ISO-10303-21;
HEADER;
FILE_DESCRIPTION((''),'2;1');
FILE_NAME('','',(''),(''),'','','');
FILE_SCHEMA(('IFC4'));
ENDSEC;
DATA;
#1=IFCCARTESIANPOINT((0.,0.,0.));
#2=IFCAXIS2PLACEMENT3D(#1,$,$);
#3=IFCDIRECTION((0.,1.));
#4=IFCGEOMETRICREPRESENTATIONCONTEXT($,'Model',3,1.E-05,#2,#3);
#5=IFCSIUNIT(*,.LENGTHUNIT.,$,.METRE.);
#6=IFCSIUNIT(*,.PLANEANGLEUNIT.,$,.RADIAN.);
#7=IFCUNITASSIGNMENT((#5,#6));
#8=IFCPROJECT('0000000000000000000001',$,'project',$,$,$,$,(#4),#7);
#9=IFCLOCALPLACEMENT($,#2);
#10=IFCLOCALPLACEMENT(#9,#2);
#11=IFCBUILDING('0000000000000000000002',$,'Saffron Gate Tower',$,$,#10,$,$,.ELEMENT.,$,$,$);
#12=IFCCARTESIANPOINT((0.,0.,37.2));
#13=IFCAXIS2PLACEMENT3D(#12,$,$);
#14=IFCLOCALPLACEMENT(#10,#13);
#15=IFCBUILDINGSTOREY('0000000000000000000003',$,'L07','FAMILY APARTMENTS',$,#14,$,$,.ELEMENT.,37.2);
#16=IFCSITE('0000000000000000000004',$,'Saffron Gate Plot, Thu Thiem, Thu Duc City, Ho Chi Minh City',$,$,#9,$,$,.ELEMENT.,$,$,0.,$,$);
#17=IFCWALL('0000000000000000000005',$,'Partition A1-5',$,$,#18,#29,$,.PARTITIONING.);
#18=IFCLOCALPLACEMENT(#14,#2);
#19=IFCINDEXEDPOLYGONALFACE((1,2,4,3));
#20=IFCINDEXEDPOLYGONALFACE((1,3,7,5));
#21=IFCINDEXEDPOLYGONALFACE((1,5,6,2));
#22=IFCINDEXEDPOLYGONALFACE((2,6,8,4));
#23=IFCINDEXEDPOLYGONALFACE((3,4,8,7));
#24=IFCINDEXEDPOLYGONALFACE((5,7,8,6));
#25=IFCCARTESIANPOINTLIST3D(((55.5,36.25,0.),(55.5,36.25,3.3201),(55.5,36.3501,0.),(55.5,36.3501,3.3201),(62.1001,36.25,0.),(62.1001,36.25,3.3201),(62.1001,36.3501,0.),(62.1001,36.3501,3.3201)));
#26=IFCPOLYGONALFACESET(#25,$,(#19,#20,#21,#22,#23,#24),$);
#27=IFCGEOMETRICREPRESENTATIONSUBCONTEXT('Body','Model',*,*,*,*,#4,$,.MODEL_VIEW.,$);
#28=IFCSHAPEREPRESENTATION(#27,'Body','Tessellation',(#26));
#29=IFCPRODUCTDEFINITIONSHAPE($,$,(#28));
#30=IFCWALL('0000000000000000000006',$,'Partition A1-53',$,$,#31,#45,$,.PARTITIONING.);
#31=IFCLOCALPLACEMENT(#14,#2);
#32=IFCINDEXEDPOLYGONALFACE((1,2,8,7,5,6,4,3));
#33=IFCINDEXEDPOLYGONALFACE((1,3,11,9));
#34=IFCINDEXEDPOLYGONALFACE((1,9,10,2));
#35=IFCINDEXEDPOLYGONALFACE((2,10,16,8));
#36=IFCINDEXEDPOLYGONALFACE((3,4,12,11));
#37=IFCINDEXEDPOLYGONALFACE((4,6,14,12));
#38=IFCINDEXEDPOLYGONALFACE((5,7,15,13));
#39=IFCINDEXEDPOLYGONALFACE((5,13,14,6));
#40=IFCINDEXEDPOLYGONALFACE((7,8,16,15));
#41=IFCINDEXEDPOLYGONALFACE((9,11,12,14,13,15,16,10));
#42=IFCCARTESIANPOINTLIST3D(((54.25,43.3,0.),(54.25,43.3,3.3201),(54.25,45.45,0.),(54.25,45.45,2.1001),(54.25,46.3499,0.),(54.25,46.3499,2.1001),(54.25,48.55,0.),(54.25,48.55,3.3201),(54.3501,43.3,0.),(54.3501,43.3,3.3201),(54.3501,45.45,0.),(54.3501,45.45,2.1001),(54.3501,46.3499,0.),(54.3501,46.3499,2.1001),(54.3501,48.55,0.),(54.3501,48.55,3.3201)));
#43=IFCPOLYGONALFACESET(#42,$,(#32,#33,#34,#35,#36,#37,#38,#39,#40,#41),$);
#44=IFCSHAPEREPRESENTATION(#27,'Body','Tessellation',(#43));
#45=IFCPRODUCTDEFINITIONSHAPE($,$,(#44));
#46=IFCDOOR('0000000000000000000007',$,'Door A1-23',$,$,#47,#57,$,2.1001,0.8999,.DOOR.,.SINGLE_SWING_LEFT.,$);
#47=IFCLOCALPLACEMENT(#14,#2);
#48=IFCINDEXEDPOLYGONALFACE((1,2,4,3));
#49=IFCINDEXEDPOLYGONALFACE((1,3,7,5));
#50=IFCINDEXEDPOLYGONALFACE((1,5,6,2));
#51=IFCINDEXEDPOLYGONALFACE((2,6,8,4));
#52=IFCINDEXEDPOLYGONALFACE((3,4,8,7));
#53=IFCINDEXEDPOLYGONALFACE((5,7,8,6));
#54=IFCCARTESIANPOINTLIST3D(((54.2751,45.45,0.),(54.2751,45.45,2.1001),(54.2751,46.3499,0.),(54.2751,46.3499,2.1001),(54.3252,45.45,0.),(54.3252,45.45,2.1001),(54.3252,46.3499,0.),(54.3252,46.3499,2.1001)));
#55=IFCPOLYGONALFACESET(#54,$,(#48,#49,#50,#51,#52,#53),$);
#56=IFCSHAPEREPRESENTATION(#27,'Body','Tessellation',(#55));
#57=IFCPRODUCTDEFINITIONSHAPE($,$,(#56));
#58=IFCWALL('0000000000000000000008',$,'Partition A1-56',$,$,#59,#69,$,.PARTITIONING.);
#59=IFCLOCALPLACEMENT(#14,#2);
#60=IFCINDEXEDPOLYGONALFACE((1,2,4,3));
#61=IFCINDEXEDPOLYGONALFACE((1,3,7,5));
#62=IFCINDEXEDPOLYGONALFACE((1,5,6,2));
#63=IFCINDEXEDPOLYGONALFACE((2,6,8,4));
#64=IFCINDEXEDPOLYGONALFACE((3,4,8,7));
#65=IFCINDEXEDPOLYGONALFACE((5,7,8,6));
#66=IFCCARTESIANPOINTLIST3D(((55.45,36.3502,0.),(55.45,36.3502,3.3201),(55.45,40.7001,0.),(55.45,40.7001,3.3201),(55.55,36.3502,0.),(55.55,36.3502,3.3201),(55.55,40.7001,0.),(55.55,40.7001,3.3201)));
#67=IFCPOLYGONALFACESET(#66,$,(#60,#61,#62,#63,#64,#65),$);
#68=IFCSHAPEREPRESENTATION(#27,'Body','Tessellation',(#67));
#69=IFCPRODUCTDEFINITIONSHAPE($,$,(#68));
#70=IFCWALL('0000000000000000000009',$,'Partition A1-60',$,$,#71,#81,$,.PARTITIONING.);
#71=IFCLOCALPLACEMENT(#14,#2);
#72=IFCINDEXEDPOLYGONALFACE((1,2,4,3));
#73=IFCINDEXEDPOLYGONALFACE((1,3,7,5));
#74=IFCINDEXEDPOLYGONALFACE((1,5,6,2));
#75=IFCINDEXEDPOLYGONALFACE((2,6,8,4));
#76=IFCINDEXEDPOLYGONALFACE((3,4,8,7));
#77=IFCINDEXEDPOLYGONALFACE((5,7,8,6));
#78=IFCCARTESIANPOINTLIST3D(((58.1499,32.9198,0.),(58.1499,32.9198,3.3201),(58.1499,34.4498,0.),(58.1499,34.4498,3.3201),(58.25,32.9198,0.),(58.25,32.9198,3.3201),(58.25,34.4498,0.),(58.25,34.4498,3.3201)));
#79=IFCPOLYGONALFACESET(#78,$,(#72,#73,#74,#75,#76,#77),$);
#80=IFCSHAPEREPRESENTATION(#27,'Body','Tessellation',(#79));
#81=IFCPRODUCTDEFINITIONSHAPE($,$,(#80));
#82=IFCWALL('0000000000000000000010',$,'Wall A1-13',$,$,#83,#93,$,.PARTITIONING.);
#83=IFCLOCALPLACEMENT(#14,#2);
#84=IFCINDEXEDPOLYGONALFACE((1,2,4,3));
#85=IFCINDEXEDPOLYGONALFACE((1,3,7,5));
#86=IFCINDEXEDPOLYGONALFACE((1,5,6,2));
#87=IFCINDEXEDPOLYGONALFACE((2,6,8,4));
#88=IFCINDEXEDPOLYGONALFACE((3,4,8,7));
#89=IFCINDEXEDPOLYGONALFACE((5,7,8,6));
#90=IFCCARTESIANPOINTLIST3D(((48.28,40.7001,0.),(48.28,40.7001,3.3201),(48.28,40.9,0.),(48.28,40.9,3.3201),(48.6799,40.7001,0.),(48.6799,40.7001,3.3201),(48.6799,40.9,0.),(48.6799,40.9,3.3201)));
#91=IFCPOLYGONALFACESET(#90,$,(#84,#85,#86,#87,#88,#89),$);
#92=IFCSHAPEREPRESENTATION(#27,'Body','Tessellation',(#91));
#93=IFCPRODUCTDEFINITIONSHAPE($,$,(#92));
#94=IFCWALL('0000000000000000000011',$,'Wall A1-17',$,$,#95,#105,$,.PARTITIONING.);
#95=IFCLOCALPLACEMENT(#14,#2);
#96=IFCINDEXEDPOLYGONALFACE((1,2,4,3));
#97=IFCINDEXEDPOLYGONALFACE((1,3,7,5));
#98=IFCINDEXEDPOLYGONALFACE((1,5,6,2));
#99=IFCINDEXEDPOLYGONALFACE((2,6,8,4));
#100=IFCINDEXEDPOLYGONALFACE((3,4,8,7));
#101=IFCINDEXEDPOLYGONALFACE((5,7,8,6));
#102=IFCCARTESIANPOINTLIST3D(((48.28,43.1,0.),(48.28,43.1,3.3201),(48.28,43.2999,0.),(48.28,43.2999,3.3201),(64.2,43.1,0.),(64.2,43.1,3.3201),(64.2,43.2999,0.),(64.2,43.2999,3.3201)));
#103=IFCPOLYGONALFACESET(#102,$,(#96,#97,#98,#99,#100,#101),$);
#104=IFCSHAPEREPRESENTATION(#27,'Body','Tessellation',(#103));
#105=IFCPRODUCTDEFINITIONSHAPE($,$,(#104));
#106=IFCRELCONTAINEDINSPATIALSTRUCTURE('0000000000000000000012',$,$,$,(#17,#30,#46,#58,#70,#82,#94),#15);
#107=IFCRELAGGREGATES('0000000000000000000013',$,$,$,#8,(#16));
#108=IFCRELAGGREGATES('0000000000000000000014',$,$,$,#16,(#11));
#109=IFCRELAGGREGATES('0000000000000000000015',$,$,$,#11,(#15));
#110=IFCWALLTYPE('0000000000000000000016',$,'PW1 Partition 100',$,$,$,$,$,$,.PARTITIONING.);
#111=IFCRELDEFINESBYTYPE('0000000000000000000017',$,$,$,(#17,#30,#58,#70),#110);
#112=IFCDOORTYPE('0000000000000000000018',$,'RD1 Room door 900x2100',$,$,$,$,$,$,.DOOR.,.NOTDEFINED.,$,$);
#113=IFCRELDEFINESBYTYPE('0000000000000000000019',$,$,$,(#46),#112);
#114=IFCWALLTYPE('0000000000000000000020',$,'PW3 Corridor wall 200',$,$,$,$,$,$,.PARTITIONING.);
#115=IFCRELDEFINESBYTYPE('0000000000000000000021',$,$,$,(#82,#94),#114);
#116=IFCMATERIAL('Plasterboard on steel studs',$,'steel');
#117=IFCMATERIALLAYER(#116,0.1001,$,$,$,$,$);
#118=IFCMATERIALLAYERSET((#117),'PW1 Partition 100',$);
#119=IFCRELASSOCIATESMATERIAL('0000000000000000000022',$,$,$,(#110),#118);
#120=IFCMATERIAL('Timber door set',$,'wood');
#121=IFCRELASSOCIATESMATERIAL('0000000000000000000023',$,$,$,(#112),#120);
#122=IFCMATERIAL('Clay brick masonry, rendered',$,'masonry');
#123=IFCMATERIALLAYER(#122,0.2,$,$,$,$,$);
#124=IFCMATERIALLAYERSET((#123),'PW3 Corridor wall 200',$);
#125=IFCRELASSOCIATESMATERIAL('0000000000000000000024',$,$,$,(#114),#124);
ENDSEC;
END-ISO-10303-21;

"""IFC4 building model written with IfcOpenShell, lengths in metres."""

from ifc_helpers import new_model, si_unit, direction, frame, frame_2d, origin, place, context, subcontext, project, spatial, rectangle, extrude, material, layer, layer_set, type_object, element, fill, save


model = new_model("IFC4")

# Units and contexts
model_context = context("Model", 3, precision=1e-05, world=origin(), true_north=direction((0.0, 1.0)))
body_context = subcontext(model_context, "Body", "Model", "MODEL_VIEW")
ifc_project = project(units=[si_unit("LENGTHUNIT", "METRE"), si_unit("PLANEANGLEUNIT", "RADIAN")], contexts=[model_context])

# Site, building, storey
site_placement = place(None, origin())
site = spatial("IfcSite", under=ifc_project, at=site_placement, Name="Saffron Gate Plot, Thu Thiem, Thu Duc City, Ho Chi Minh City", CompositionType="ELEMENT", RefElevation=0.0)
building_placement = place(site_placement, origin())
building = spatial("IfcBuilding", under=site, at=building_placement, Name="Saffron Gate Tower", CompositionType="ELEMENT")
storey_placement = place(building_placement, frame((0.0, 0.0, 37.2)))
storey = spatial("IfcBuildingStorey", under=building, at=storey_placement, Name="L07", Description="FAMILY APARTMENTS", CompositionType="ELEMENT", Elevation=37.2)

# Wall
ifc_material_1 = material(Name="Plasterboard on steel studs", Category="steel")
ifc_layer_1 = layer(ifc_material_1, 0.1001)
ifc_layer_set_1 = layer_set([ifc_layer_1], Name="PW1 Partition 100")
wall_type_1 = type_object("IfcWallType", Name="PW1 Partition 100", PredefinedType="PARTITIONING", material=ifc_layer_set_1)
wall_1_placement = place(storey_placement, frame((55.5, 36.3, 0.0), z_axis=(0.0, 0.0, 1.0), x_axis=(1.0, 0.0, 0.0)))
element("IfcWall", 1, at=wall_1_placement, inside=storey, type_object=wall_type_1, Name="Partition A1-5", PredefinedType="PARTITIONING", context=body_context, shape_type="SweptSolid", body=[
    extrude(rectangle(XDim=6.6001, YDim=0.1001, at=frame_2d((3.3, 0.0))), origin(), (0.0, 0.0, 1.0), 3.3201),
])

# Wall, opening, door
wall_2_placement = place(storey_placement, frame((54.3, 43.3, 0.0), z_axis=(0.0, 0.0, 1.0), x_axis=(0.0, 1.0, 0.0)))
wall_2 = element("IfcWall", 2, at=wall_2_placement, inside=storey, type_object=wall_type_1, Name="Partition A1-53", PredefinedType="PARTITIONING", context=body_context, shape_type="SweptSolid", body=[
    extrude(rectangle(XDim=5.25, YDim=0.1001, at=frame_2d((2.625, 0.0))), origin(), (0.0, 0.0, 1.0), 3.3201),
])
opening_placement = place(wall_2_placement, frame((2.1499, 0.0, 0.0)))
opening = element("IfcOpeningElement", 3, at=opening_placement, cuts=wall_2, PredefinedType="OPENING", context=body_context, shape_type="SweptSolid", body=[
    extrude(rectangle(XDim=0.8999, YDim=2.1001, at=frame_2d((0.45, 1.05))), frame((0.0, 0.0601, 0.0), z_axis=(0.0, -1.0, 0.0), x_axis=(1.0, 0.0, 0.0)), (0.0, 0.0, 1.0), 0.1201),
])
ifc_material_2 = material(Name="Timber door set", Category="wood")
door_type = type_object("IfcDoorType", Name="RD1 Room door 900x2100", OperationType="NOTDEFINED", PredefinedType="DOOR", material=ifc_material_2)
door_placement = place(opening_placement, origin())
door = element("IfcDoor", 4, at=door_placement, inside=storey, type_object=door_type, Name="Door A1-23", OperationType="SINGLE_SWING_LEFT", OverallHeight=2.1001, OverallWidth=0.8999, PredefinedType="DOOR", context=body_context, shape_type="SweptSolid", body=[
    extrude(rectangle(XDim=0.8999, YDim=2.1001, at=frame_2d((0.45, 1.05))), frame((0.0, 0.0249, 0.0), z_axis=(0.0, -1.0, 0.0), x_axis=(1.0, 0.0, 0.0)), (0.0, 0.0, 1.0), 0.05),
])
fill(opening, door)

# Walls
wall_3_placement = place(storey_placement, frame((55.5, 40.7, 0.0), z_axis=(0.0, 0.0, 1.0), x_axis=(0.0, -1.0, 0.0)))
element("IfcWall", 5, at=wall_3_placement, inside=storey, type_object=wall_type_1, Name="Partition A1-56", PredefinedType="PARTITIONING", context=body_context, shape_type="SweptSolid", body=[
    extrude(rectangle(XDim=4.3499, YDim=0.1001, at=frame_2d((2.1748, 0.0))), origin(), (0.0, 0.0, 1.0), 3.3201),
])
wall_4_placement = place(storey_placement, frame((58.2, 34.45, 0.0), z_axis=(0.0, 0.0, 1.0), x_axis=(0.0, -1.0, 0.0)))
element("IfcWall", 6, at=wall_4_placement, inside=storey, type_object=wall_type_1, Name="Partition A1-60", PredefinedType="PARTITIONING", context=body_context, shape_type="SweptSolid", body=[
    extrude(rectangle(XDim=1.53, YDim=0.1001, at=frame_2d((0.7651, 0.0))), origin(), (0.0, 0.0, 1.0), 3.3201),
])
ifc_material_3 = material(Name="Clay brick masonry, rendered", Category="masonry")
ifc_layer_2 = layer(ifc_material_3, 0.2)
ifc_layer_set_2 = layer_set([ifc_layer_2], Name="PW3 Corridor wall 200")
wall_type_2 = type_object("IfcWallType", Name="PW3 Corridor wall 200", PredefinedType="PARTITIONING", material=ifc_layer_set_2)
wall_5_placement = place(storey_placement, frame((48.28, 40.8, 0.0), z_axis=(0.0, 0.0, 1.0), x_axis=(1.0, 0.0, 0.0)))
element("IfcWall", 7, at=wall_5_placement, inside=storey, type_object=wall_type_2, Name="Wall A1-13", PredefinedType="PARTITIONING", context=body_context, shape_type="SweptSolid", body=[
    extrude(rectangle(XDim=0.3999, YDim=0.2, at=frame_2d((0.2, 0.0))), origin(), (0.0, 0.0, 1.0), 3.3201),
])
wall_6_placement = place(storey_placement, frame((48.28, 43.2, 0.0), z_axis=(0.0, 0.0, 1.0), x_axis=(1.0, 0.0, 0.0)))
element("IfcWall", 8, at=wall_6_placement, inside=storey, type_object=wall_type_2, Name="Wall A1-17", PredefinedType="PARTITIONING", context=body_context, shape_type="SweptSolid", body=[
    extrude(rectangle(XDim=15.9199, YDim=0.2, at=frame_2d((7.96, 0.0))), origin(), (0.0, 0.0, 1.0), 3.3201),
])

save(model, "model.ifc")
